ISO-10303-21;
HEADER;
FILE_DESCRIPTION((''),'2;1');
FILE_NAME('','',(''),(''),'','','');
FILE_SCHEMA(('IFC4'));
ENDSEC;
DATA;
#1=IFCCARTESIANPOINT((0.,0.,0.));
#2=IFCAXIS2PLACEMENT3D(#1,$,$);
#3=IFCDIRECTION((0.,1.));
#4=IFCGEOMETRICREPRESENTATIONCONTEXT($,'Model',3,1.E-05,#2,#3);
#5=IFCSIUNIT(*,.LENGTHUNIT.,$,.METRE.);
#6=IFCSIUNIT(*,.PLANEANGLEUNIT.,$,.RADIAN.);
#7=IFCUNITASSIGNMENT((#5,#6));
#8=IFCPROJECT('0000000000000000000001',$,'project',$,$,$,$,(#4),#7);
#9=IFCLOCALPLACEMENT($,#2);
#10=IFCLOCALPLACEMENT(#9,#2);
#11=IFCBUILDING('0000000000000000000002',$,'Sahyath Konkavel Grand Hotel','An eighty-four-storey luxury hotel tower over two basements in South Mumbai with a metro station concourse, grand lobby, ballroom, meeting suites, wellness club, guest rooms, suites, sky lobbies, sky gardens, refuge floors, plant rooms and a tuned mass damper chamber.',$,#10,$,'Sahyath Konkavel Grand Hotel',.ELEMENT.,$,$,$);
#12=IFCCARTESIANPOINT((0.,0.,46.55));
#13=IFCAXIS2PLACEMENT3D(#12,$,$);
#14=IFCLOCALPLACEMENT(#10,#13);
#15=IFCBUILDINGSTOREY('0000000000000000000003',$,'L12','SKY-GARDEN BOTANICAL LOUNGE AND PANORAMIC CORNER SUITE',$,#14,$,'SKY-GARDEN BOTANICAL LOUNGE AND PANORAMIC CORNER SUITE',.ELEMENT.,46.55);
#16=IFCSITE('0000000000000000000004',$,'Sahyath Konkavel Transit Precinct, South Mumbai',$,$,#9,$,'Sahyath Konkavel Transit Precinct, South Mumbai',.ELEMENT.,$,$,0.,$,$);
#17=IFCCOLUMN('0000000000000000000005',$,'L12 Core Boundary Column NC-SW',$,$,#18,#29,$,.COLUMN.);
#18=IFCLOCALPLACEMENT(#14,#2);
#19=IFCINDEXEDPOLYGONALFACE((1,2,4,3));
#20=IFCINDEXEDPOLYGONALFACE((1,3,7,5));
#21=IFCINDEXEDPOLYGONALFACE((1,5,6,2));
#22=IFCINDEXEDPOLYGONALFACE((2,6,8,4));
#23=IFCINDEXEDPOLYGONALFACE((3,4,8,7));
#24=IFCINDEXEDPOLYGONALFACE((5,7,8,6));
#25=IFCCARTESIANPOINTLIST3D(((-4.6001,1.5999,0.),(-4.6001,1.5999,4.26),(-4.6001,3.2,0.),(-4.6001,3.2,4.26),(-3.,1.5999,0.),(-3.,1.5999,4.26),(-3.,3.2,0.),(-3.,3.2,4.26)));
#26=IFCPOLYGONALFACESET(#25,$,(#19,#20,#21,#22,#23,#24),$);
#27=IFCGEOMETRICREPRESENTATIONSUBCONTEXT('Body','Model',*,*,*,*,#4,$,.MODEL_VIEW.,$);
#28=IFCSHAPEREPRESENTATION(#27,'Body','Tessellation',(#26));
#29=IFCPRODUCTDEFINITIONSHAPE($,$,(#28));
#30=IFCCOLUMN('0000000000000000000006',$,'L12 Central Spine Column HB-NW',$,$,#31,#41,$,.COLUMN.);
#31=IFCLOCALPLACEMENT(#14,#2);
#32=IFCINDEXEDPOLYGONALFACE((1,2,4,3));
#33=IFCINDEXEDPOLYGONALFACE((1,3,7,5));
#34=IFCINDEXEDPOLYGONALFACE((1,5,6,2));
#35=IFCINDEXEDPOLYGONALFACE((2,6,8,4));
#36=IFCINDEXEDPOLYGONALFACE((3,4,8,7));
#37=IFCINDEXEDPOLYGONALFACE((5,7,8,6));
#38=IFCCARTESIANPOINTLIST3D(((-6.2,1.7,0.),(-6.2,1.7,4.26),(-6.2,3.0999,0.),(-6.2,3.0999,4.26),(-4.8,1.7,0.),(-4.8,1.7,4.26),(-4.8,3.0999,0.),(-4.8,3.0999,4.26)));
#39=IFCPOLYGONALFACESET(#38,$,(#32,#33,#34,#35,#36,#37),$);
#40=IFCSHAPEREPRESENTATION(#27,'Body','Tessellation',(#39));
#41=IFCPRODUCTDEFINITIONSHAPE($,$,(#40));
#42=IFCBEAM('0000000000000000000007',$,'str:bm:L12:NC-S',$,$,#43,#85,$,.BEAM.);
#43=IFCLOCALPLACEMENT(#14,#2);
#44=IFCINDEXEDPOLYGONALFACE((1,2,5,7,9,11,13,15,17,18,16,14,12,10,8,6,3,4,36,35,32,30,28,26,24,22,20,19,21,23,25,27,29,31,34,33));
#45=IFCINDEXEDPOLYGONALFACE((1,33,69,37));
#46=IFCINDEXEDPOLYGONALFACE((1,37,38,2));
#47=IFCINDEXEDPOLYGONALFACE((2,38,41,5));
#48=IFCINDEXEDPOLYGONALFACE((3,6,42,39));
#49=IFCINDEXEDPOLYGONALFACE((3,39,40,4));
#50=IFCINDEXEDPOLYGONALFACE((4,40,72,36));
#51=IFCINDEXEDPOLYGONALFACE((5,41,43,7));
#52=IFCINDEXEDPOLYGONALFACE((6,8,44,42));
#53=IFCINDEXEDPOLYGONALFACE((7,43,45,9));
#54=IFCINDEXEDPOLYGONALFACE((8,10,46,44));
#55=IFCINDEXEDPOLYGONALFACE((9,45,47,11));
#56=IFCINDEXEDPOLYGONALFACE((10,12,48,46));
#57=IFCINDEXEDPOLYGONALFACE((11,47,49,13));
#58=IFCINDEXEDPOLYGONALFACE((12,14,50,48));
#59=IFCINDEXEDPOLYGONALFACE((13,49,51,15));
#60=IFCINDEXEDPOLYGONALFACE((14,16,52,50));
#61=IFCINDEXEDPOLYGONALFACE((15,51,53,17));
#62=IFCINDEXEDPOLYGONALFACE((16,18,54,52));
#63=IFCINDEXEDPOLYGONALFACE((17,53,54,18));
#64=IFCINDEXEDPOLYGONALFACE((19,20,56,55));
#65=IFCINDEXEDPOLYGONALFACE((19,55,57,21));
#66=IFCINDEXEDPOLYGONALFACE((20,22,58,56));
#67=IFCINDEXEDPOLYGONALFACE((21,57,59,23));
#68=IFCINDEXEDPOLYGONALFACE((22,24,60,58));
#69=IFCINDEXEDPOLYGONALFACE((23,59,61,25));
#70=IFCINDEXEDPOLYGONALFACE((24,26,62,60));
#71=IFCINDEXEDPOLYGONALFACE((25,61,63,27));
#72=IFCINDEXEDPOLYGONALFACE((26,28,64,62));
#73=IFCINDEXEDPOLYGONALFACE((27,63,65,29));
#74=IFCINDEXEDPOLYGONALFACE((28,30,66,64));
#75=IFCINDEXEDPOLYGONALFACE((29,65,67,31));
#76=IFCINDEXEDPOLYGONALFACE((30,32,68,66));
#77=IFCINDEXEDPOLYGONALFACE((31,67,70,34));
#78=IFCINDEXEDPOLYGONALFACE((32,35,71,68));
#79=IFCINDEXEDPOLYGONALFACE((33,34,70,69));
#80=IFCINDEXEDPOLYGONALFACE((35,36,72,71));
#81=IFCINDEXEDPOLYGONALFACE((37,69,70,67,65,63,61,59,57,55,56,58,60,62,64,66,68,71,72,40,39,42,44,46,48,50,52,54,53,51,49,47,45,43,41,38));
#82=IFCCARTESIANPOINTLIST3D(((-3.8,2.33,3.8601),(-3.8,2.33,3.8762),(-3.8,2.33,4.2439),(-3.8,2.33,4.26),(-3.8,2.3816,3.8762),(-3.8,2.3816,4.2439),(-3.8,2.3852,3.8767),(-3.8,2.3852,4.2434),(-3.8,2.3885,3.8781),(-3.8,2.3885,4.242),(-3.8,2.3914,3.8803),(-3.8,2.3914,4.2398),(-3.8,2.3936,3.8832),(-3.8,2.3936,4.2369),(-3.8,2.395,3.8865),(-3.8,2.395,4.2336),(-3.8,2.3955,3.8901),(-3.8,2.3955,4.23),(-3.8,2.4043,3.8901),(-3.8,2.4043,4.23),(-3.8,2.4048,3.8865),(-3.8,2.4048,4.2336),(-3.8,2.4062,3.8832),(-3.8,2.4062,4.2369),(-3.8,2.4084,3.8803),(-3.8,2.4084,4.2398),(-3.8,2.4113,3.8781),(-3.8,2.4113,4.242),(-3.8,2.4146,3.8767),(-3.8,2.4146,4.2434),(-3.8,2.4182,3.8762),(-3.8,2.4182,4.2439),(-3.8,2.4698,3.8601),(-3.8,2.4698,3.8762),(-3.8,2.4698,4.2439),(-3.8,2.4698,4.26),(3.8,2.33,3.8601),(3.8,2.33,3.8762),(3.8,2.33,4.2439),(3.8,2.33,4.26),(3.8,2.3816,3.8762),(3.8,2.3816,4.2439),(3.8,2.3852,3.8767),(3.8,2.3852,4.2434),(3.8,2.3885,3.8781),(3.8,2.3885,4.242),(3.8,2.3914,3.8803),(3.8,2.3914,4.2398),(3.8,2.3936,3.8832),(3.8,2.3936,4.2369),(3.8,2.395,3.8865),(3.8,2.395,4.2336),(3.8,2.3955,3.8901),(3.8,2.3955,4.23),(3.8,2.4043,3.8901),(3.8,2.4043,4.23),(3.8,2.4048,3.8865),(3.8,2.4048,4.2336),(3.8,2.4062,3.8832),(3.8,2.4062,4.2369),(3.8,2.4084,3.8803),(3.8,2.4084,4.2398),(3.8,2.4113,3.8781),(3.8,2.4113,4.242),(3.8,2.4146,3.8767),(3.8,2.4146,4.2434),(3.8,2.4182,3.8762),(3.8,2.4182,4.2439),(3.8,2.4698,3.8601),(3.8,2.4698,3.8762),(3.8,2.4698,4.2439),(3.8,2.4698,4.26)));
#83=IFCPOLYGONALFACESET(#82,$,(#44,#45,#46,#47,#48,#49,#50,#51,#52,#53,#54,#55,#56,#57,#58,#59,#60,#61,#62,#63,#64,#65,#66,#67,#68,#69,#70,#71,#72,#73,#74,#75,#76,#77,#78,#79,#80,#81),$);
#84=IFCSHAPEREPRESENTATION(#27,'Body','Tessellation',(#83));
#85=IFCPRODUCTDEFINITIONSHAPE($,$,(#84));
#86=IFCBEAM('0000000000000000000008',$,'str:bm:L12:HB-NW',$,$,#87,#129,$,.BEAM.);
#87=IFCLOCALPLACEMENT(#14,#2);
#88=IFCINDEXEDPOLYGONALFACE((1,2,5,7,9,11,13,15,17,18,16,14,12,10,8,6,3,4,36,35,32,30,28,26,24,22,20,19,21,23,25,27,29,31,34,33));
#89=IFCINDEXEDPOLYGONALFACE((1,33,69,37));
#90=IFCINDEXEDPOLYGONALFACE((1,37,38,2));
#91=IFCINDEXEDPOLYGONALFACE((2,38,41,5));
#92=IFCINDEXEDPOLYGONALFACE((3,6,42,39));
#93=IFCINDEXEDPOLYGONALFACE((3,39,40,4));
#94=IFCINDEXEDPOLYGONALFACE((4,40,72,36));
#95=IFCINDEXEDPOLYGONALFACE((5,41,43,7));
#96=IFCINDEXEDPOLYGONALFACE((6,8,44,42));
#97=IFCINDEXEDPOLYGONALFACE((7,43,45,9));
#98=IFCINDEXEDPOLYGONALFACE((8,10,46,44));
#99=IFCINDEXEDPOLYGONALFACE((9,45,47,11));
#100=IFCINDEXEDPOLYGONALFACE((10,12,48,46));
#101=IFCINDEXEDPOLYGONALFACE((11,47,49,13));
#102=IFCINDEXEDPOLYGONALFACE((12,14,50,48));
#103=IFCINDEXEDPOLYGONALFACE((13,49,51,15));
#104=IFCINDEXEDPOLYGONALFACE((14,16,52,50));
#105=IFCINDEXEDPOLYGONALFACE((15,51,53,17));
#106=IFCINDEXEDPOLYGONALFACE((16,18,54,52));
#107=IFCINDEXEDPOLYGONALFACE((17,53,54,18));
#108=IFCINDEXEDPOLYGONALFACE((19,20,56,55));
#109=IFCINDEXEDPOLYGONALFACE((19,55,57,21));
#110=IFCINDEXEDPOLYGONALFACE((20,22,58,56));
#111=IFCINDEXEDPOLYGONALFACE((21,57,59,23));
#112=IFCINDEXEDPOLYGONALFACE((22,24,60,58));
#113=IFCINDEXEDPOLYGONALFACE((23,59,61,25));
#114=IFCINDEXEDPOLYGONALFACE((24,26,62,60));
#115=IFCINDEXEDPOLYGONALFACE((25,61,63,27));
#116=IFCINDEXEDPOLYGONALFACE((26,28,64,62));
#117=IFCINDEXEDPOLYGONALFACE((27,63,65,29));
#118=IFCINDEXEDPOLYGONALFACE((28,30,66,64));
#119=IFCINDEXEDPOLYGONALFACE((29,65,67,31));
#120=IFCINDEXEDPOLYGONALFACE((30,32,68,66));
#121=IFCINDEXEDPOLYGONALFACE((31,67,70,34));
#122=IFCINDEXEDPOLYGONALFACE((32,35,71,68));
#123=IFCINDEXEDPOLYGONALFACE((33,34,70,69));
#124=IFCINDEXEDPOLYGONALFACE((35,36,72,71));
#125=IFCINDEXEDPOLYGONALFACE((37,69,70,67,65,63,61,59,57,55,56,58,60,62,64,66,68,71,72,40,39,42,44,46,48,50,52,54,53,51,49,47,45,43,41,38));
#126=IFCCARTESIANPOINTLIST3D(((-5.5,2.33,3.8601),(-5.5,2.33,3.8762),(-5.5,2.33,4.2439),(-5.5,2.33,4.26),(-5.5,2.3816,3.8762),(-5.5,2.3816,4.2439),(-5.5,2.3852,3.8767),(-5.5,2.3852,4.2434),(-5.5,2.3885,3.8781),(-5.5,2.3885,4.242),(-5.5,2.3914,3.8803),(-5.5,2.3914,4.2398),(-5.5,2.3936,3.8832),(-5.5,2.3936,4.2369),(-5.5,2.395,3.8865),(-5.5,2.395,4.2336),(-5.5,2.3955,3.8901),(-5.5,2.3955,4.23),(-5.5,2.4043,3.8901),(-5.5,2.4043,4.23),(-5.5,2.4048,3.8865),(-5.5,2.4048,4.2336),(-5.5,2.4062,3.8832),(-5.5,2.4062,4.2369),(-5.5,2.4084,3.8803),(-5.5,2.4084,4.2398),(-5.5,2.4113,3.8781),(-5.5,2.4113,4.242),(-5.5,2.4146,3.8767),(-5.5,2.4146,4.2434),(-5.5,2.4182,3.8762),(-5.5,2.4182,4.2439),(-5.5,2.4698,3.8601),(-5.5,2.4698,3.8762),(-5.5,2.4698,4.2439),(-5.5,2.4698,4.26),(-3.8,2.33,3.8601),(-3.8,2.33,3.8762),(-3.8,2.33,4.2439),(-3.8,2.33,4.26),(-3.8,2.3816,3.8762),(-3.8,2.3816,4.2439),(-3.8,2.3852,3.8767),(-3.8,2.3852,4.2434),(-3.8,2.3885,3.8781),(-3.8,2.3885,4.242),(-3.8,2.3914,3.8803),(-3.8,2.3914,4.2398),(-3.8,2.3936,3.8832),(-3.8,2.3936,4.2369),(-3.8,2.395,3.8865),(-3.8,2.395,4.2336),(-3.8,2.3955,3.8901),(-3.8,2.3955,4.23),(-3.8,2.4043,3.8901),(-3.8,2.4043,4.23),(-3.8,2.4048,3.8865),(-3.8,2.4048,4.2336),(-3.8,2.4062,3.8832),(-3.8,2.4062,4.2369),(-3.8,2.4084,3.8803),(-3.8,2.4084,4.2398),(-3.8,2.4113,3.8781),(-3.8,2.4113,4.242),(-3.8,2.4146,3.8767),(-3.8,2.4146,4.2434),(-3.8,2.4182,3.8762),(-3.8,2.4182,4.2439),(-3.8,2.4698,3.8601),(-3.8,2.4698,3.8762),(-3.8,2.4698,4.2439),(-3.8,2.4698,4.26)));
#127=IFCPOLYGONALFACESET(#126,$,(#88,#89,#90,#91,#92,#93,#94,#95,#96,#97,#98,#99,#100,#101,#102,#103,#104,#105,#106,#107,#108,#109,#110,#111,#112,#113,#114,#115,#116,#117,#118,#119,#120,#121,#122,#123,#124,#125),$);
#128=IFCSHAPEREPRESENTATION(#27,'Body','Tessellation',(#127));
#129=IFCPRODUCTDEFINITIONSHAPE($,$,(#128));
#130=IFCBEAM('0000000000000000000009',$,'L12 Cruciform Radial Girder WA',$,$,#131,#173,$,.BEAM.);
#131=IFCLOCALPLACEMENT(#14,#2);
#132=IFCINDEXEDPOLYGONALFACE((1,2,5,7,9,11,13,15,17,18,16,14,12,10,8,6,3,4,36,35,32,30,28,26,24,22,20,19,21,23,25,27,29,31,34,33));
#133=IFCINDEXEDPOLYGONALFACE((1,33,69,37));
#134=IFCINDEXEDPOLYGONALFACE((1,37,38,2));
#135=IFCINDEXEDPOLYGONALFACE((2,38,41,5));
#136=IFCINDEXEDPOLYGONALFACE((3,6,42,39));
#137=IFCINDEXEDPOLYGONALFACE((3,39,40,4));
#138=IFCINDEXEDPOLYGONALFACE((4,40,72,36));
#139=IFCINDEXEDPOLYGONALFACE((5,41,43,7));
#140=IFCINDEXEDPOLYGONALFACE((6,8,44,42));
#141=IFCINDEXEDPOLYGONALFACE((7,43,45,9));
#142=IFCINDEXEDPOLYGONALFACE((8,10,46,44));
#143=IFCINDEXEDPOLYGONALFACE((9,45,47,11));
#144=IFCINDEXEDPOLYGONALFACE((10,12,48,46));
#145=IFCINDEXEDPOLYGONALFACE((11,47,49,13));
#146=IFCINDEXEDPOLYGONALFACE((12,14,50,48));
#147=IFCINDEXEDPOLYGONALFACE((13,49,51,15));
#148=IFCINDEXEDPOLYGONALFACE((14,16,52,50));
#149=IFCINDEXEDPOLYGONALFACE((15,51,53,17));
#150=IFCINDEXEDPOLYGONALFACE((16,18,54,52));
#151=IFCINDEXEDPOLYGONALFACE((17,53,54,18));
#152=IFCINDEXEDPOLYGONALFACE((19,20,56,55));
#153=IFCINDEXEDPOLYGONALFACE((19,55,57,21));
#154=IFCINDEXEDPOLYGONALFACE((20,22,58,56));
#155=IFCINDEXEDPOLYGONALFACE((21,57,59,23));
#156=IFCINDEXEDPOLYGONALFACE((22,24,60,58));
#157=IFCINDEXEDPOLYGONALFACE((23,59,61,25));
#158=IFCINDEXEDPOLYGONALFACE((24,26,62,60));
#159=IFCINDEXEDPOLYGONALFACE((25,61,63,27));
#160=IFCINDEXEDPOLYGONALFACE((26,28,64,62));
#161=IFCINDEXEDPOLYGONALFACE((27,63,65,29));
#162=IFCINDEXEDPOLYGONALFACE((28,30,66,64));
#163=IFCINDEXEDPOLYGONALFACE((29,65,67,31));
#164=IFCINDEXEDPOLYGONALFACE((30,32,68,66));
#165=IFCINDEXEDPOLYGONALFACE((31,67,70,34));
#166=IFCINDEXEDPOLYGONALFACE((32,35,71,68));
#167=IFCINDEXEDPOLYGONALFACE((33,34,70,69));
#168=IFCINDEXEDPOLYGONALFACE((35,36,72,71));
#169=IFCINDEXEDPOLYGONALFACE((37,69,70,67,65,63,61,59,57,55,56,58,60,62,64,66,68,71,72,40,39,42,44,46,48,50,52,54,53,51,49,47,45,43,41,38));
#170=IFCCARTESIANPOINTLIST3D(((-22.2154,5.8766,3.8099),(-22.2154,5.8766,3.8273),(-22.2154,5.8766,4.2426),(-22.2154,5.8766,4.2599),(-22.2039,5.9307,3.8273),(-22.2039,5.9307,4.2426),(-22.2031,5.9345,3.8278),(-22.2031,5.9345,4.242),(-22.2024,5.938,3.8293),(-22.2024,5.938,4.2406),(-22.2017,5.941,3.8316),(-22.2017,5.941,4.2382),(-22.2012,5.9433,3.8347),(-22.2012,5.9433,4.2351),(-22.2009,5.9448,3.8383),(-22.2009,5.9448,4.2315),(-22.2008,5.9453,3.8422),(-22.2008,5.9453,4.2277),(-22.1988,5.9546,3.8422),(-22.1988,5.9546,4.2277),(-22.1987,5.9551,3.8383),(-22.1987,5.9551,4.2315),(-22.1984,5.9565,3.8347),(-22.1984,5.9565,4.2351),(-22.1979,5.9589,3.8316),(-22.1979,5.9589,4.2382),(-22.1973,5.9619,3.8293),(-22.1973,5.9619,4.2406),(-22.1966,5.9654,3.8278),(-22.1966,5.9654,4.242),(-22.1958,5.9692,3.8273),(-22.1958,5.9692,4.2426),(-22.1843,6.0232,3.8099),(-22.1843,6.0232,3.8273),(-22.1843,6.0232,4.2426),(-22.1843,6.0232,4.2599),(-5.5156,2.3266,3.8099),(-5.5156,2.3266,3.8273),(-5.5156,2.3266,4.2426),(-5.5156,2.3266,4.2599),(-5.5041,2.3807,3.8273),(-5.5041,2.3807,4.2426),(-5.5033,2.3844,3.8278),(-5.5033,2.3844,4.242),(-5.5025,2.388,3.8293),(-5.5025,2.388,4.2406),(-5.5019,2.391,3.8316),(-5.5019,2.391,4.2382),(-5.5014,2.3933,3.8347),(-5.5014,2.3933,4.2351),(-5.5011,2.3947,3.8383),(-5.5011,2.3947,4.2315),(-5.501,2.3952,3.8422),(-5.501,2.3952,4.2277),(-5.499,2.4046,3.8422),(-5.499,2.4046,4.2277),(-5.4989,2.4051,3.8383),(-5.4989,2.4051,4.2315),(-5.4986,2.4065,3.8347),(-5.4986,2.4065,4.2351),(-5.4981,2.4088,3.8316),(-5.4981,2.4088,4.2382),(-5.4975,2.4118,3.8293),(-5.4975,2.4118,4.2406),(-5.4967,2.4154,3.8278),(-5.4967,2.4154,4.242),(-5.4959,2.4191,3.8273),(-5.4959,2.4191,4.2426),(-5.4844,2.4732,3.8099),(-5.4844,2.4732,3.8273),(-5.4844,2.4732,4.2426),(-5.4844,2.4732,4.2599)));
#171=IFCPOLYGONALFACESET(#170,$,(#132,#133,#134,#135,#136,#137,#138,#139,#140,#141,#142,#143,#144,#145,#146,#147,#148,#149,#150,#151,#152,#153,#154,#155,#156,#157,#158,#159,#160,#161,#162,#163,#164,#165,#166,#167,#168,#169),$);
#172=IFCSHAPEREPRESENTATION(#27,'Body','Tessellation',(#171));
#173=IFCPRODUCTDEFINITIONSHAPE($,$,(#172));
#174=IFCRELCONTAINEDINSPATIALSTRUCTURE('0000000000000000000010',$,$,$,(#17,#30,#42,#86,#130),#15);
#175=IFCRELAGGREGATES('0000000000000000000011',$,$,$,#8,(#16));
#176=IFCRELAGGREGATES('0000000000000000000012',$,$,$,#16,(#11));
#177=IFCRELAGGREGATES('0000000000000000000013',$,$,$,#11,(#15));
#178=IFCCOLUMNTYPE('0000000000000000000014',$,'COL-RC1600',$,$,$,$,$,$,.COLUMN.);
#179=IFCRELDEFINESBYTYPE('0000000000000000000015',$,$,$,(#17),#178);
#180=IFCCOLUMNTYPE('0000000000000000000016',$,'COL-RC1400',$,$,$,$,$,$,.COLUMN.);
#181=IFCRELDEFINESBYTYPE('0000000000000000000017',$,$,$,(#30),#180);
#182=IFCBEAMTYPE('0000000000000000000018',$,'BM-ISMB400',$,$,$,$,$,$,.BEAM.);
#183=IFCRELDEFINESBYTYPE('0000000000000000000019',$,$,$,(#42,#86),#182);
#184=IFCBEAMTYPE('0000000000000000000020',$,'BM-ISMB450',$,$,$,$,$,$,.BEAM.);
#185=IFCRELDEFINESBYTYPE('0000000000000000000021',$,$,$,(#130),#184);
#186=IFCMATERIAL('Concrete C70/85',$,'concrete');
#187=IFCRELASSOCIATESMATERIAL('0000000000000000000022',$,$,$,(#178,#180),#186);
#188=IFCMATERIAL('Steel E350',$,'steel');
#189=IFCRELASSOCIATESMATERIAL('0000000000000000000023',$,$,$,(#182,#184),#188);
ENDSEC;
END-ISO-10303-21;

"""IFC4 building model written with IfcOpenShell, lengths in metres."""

from ifc_helpers import new_model, si_unit, direction, frame, origin, origin_2d, place, context, subcontext, project, spatial, rectangle, i_section, extrude, source, transform, mapped, material, material_profile, profile_set, type_object, element, save


model = new_model("IFC4")

# Units and contexts
model_context = context("Model", 3, precision=1e-05, world=origin(), true_north=direction((0.0, 1.0)))
body_context = subcontext(model_context, "Body", "Model", "MODEL_VIEW")
ifc_project = project(units=[si_unit("LENGTHUNIT", "METRE"), si_unit("PLANEANGLEUNIT", "RADIAN")], contexts=[model_context])

# Site, building, storey
site_placement = place(None, origin())
site = spatial("IfcSite", under=ifc_project, at=site_placement, Name="Sahyath Konkavel Transit Precinct, South Mumbai", LongName="Sahyath Konkavel Transit Precinct, South Mumbai", CompositionType="ELEMENT", RefElevation=0.0)
building_placement = place(site_placement, origin())
building = spatial("IfcBuilding", under=site, at=building_placement, Name="Sahyath Konkavel Grand Hotel", Description="An eighty-four-storey luxury hotel tower over two basements in South Mumbai with a metro station concourse, grand lobby, ballroom, meeting suites, wellness club, guest rooms, suites, sky lobbies, sky gardens, refuge floors, plant rooms and a tuned mass damper chamber.", LongName="Sahyath Konkavel Grand Hotel", CompositionType="ELEMENT")
storey_placement = place(building_placement, frame((0.0, 0.0, 46.55)))
storey = spatial("IfcBuildingStorey", under=building, at=storey_placement, Name="L12", Description="SKY-GARDEN BOTANICAL LOUNGE AND PANORAMIC CORNER SUITE", LongName="SKY-GARDEN BOTANICAL LOUNGE AND PANORAMIC CORNER SUITE", CompositionType="ELEMENT", Elevation=46.55)

# Columns
ifc_material_1 = material(Name="Concrete C70/85", Category="concrete")
ifc_material_profile_1 = material_profile(ifc_material_1, rectangle(XDim=1.6001, YDim=1.6001, at=origin_2d()), Name="RC 1600x1600")
ifc_profile_set_1 = profile_set([ifc_material_profile_1], Name="Concrete C70/85")
column_type_1 = type_object("IfcColumnType", Name="COL-RC1600", PredefinedType="COLUMN", material=ifc_profile_set_1)
shared_shape_1 = source(origin(), body_context, "Body", "SweptSolid", [
    extrude(rectangle(XDim=1.6001, YDim=1.6001, at=origin_2d()), origin(), (0.0, 0.0, 1.0), 4.26),
])
column_1_placement = place(storey_placement, frame((-3.8, 2.3999, 0.0), z_axis=(0.0, 0.0, 1.0), x_axis=(1.0, 0.0, 0.0)))
element("IfcColumn", 1, at=column_1_placement, inside=storey, type_object=column_type_1, Name="L12 Core Boundary Column NC-SW", PredefinedType="COLUMN", context=body_context, shape_type="MappedRepresentation", body=[
    mapped(shared_shape_1, transform((0.0, 0.0, 0.0), scale=1.0)),
])
ifc_material_profile_2 = material_profile(ifc_material_1, rectangle(XDim=1.3999, YDim=1.3999, at=origin_2d()), Name="RC 1400x1400")
ifc_profile_set_2 = profile_set([ifc_material_profile_2], Name="Concrete C70/85")
column_type_2 = type_object("IfcColumnType", Name="COL-RC1400", PredefinedType="COLUMN", material=ifc_profile_set_2)
shared_shape_2 = source(origin(), body_context, "Body", "SweptSolid", [
    extrude(rectangle(XDim=1.3999, YDim=1.3999, at=origin_2d()), origin(), (0.0, 0.0, 1.0), 4.26),
])
column_2_placement = place(storey_placement, frame((-5.5, 2.3999, 0.0), z_axis=(0.0, 0.0, 1.0), x_axis=(1.0, 0.0, 0.0)))
element("IfcColumn", 2, at=column_2_placement, inside=storey, type_object=column_type_2, Name="L12 Central Spine Column HB-NW", PredefinedType="COLUMN", context=body_context, shape_type="MappedRepresentation", body=[
    mapped(shared_shape_2, transform((0.0, 0.0, 0.0), scale=1.0)),
])

# Beams
ifc_material_2 = material(Name="Steel E350", Category="steel")
ifc_material_profile_3 = material_profile(ifc_material_2, i_section(OverallWidth=0.1399, OverallDepth=0.3999, WebThickness=0.0088, FlangeThickness=0.0161, FilletRadius=0.0139, at=origin_2d()), Name="ISMB 400")
ifc_profile_set_3 = profile_set([ifc_material_profile_3], Name="Steel E350")
beam_type_1 = type_object("IfcBeamType", Name="BM-ISMB400", PredefinedType="BEAM", material=ifc_profile_set_3)
shared_shape_3 = source(origin(), body_context, "Body", "SweptSolid", [
    extrude(i_section(OverallWidth=0.1399, OverallDepth=0.3999, WebThickness=0.0088, FlangeThickness=0.0161, FilletRadius=0.0139, at=origin_2d()), origin(), (0.0, 0.0, 1.0), 7.6001),
])
beam_1_placement = place(storey_placement, frame((-3.8, 2.3999, 4.0601), z_axis=(1.0, 0.0, 0.0), x_axis=(0.0, 1.0, 0.0)))
element("IfcBeam", 3, at=beam_1_placement, inside=storey, type_object=beam_type_1, Name="str:bm:L12:NC-S", PredefinedType="BEAM", context=body_context, shape_type="MappedRepresentation", body=[
    mapped(shared_shape_3, transform((0.0, 0.0, 0.0), scale=1.0)),
])
shared_shape_4 = source(origin(), body_context, "Body", "SweptSolid", [
    extrude(i_section(OverallWidth=0.1399, OverallDepth=0.3999, WebThickness=0.0088, FlangeThickness=0.0161, FilletRadius=0.0139, at=origin_2d()), origin(), (0.0, 0.0, 1.0), 1.7),
])
beam_2_placement = place(storey_placement, frame((-5.5, 2.3999, 4.0601), z_axis=(1.0, 0.0, 0.0), x_axis=(0.0, 1.0, 0.0)))
element("IfcBeam", 4, at=beam_2_placement, inside=storey, type_object=beam_type_1, Name="str:bm:L12:HB-NW", PredefinedType="BEAM", context=body_context, shape_type="MappedRepresentation", body=[
    mapped(shared_shape_4, transform((0.0, 0.0, 0.0), scale=1.0)),
])
ifc_material_profile_4 = material_profile(ifc_material_2, i_section(OverallWidth=0.1499, OverallDepth=0.45, WebThickness=0.0095, FlangeThickness=0.0173, FilletRadius=0.0149, at=origin_2d()), Name="ISMB 450")
ifc_profile_set_4 = profile_set([ifc_material_profile_4], Name="Steel E350")
beam_type_2 = type_object("IfcBeamType", Name="BM-ISMB450", PredefinedType="BEAM", material=ifc_profile_set_4)
shared_shape_5 = source(origin(), body_context, "Body", "SweptSolid", [
    extrude(i_section(OverallWidth=0.1499, OverallDepth=0.45, WebThickness=0.0095, FlangeThickness=0.0173, FilletRadius=0.0149, at=origin_2d()), origin(), (0.0, 0.0, 1.0), 17.073),
])
beam_3_placement = place(storey_placement, frame((-5.5, 2.3999, 4.0349), z_axis=(-0.978143, 0.207932, 0.0), x_axis=(-0.207932, -0.978143, 0.0)))
element("IfcBeam", 5, at=beam_3_placement, inside=storey, type_object=beam_type_2, Name="L12 Cruciform Radial Girder WA", PredefinedType="BEAM", context=body_context, shape_type="MappedRepresentation", body=[
    mapped(shared_shape_5, transform((0.0, 0.0, 0.0), scale=1.0)),
])

save(model, "model.ifc")
